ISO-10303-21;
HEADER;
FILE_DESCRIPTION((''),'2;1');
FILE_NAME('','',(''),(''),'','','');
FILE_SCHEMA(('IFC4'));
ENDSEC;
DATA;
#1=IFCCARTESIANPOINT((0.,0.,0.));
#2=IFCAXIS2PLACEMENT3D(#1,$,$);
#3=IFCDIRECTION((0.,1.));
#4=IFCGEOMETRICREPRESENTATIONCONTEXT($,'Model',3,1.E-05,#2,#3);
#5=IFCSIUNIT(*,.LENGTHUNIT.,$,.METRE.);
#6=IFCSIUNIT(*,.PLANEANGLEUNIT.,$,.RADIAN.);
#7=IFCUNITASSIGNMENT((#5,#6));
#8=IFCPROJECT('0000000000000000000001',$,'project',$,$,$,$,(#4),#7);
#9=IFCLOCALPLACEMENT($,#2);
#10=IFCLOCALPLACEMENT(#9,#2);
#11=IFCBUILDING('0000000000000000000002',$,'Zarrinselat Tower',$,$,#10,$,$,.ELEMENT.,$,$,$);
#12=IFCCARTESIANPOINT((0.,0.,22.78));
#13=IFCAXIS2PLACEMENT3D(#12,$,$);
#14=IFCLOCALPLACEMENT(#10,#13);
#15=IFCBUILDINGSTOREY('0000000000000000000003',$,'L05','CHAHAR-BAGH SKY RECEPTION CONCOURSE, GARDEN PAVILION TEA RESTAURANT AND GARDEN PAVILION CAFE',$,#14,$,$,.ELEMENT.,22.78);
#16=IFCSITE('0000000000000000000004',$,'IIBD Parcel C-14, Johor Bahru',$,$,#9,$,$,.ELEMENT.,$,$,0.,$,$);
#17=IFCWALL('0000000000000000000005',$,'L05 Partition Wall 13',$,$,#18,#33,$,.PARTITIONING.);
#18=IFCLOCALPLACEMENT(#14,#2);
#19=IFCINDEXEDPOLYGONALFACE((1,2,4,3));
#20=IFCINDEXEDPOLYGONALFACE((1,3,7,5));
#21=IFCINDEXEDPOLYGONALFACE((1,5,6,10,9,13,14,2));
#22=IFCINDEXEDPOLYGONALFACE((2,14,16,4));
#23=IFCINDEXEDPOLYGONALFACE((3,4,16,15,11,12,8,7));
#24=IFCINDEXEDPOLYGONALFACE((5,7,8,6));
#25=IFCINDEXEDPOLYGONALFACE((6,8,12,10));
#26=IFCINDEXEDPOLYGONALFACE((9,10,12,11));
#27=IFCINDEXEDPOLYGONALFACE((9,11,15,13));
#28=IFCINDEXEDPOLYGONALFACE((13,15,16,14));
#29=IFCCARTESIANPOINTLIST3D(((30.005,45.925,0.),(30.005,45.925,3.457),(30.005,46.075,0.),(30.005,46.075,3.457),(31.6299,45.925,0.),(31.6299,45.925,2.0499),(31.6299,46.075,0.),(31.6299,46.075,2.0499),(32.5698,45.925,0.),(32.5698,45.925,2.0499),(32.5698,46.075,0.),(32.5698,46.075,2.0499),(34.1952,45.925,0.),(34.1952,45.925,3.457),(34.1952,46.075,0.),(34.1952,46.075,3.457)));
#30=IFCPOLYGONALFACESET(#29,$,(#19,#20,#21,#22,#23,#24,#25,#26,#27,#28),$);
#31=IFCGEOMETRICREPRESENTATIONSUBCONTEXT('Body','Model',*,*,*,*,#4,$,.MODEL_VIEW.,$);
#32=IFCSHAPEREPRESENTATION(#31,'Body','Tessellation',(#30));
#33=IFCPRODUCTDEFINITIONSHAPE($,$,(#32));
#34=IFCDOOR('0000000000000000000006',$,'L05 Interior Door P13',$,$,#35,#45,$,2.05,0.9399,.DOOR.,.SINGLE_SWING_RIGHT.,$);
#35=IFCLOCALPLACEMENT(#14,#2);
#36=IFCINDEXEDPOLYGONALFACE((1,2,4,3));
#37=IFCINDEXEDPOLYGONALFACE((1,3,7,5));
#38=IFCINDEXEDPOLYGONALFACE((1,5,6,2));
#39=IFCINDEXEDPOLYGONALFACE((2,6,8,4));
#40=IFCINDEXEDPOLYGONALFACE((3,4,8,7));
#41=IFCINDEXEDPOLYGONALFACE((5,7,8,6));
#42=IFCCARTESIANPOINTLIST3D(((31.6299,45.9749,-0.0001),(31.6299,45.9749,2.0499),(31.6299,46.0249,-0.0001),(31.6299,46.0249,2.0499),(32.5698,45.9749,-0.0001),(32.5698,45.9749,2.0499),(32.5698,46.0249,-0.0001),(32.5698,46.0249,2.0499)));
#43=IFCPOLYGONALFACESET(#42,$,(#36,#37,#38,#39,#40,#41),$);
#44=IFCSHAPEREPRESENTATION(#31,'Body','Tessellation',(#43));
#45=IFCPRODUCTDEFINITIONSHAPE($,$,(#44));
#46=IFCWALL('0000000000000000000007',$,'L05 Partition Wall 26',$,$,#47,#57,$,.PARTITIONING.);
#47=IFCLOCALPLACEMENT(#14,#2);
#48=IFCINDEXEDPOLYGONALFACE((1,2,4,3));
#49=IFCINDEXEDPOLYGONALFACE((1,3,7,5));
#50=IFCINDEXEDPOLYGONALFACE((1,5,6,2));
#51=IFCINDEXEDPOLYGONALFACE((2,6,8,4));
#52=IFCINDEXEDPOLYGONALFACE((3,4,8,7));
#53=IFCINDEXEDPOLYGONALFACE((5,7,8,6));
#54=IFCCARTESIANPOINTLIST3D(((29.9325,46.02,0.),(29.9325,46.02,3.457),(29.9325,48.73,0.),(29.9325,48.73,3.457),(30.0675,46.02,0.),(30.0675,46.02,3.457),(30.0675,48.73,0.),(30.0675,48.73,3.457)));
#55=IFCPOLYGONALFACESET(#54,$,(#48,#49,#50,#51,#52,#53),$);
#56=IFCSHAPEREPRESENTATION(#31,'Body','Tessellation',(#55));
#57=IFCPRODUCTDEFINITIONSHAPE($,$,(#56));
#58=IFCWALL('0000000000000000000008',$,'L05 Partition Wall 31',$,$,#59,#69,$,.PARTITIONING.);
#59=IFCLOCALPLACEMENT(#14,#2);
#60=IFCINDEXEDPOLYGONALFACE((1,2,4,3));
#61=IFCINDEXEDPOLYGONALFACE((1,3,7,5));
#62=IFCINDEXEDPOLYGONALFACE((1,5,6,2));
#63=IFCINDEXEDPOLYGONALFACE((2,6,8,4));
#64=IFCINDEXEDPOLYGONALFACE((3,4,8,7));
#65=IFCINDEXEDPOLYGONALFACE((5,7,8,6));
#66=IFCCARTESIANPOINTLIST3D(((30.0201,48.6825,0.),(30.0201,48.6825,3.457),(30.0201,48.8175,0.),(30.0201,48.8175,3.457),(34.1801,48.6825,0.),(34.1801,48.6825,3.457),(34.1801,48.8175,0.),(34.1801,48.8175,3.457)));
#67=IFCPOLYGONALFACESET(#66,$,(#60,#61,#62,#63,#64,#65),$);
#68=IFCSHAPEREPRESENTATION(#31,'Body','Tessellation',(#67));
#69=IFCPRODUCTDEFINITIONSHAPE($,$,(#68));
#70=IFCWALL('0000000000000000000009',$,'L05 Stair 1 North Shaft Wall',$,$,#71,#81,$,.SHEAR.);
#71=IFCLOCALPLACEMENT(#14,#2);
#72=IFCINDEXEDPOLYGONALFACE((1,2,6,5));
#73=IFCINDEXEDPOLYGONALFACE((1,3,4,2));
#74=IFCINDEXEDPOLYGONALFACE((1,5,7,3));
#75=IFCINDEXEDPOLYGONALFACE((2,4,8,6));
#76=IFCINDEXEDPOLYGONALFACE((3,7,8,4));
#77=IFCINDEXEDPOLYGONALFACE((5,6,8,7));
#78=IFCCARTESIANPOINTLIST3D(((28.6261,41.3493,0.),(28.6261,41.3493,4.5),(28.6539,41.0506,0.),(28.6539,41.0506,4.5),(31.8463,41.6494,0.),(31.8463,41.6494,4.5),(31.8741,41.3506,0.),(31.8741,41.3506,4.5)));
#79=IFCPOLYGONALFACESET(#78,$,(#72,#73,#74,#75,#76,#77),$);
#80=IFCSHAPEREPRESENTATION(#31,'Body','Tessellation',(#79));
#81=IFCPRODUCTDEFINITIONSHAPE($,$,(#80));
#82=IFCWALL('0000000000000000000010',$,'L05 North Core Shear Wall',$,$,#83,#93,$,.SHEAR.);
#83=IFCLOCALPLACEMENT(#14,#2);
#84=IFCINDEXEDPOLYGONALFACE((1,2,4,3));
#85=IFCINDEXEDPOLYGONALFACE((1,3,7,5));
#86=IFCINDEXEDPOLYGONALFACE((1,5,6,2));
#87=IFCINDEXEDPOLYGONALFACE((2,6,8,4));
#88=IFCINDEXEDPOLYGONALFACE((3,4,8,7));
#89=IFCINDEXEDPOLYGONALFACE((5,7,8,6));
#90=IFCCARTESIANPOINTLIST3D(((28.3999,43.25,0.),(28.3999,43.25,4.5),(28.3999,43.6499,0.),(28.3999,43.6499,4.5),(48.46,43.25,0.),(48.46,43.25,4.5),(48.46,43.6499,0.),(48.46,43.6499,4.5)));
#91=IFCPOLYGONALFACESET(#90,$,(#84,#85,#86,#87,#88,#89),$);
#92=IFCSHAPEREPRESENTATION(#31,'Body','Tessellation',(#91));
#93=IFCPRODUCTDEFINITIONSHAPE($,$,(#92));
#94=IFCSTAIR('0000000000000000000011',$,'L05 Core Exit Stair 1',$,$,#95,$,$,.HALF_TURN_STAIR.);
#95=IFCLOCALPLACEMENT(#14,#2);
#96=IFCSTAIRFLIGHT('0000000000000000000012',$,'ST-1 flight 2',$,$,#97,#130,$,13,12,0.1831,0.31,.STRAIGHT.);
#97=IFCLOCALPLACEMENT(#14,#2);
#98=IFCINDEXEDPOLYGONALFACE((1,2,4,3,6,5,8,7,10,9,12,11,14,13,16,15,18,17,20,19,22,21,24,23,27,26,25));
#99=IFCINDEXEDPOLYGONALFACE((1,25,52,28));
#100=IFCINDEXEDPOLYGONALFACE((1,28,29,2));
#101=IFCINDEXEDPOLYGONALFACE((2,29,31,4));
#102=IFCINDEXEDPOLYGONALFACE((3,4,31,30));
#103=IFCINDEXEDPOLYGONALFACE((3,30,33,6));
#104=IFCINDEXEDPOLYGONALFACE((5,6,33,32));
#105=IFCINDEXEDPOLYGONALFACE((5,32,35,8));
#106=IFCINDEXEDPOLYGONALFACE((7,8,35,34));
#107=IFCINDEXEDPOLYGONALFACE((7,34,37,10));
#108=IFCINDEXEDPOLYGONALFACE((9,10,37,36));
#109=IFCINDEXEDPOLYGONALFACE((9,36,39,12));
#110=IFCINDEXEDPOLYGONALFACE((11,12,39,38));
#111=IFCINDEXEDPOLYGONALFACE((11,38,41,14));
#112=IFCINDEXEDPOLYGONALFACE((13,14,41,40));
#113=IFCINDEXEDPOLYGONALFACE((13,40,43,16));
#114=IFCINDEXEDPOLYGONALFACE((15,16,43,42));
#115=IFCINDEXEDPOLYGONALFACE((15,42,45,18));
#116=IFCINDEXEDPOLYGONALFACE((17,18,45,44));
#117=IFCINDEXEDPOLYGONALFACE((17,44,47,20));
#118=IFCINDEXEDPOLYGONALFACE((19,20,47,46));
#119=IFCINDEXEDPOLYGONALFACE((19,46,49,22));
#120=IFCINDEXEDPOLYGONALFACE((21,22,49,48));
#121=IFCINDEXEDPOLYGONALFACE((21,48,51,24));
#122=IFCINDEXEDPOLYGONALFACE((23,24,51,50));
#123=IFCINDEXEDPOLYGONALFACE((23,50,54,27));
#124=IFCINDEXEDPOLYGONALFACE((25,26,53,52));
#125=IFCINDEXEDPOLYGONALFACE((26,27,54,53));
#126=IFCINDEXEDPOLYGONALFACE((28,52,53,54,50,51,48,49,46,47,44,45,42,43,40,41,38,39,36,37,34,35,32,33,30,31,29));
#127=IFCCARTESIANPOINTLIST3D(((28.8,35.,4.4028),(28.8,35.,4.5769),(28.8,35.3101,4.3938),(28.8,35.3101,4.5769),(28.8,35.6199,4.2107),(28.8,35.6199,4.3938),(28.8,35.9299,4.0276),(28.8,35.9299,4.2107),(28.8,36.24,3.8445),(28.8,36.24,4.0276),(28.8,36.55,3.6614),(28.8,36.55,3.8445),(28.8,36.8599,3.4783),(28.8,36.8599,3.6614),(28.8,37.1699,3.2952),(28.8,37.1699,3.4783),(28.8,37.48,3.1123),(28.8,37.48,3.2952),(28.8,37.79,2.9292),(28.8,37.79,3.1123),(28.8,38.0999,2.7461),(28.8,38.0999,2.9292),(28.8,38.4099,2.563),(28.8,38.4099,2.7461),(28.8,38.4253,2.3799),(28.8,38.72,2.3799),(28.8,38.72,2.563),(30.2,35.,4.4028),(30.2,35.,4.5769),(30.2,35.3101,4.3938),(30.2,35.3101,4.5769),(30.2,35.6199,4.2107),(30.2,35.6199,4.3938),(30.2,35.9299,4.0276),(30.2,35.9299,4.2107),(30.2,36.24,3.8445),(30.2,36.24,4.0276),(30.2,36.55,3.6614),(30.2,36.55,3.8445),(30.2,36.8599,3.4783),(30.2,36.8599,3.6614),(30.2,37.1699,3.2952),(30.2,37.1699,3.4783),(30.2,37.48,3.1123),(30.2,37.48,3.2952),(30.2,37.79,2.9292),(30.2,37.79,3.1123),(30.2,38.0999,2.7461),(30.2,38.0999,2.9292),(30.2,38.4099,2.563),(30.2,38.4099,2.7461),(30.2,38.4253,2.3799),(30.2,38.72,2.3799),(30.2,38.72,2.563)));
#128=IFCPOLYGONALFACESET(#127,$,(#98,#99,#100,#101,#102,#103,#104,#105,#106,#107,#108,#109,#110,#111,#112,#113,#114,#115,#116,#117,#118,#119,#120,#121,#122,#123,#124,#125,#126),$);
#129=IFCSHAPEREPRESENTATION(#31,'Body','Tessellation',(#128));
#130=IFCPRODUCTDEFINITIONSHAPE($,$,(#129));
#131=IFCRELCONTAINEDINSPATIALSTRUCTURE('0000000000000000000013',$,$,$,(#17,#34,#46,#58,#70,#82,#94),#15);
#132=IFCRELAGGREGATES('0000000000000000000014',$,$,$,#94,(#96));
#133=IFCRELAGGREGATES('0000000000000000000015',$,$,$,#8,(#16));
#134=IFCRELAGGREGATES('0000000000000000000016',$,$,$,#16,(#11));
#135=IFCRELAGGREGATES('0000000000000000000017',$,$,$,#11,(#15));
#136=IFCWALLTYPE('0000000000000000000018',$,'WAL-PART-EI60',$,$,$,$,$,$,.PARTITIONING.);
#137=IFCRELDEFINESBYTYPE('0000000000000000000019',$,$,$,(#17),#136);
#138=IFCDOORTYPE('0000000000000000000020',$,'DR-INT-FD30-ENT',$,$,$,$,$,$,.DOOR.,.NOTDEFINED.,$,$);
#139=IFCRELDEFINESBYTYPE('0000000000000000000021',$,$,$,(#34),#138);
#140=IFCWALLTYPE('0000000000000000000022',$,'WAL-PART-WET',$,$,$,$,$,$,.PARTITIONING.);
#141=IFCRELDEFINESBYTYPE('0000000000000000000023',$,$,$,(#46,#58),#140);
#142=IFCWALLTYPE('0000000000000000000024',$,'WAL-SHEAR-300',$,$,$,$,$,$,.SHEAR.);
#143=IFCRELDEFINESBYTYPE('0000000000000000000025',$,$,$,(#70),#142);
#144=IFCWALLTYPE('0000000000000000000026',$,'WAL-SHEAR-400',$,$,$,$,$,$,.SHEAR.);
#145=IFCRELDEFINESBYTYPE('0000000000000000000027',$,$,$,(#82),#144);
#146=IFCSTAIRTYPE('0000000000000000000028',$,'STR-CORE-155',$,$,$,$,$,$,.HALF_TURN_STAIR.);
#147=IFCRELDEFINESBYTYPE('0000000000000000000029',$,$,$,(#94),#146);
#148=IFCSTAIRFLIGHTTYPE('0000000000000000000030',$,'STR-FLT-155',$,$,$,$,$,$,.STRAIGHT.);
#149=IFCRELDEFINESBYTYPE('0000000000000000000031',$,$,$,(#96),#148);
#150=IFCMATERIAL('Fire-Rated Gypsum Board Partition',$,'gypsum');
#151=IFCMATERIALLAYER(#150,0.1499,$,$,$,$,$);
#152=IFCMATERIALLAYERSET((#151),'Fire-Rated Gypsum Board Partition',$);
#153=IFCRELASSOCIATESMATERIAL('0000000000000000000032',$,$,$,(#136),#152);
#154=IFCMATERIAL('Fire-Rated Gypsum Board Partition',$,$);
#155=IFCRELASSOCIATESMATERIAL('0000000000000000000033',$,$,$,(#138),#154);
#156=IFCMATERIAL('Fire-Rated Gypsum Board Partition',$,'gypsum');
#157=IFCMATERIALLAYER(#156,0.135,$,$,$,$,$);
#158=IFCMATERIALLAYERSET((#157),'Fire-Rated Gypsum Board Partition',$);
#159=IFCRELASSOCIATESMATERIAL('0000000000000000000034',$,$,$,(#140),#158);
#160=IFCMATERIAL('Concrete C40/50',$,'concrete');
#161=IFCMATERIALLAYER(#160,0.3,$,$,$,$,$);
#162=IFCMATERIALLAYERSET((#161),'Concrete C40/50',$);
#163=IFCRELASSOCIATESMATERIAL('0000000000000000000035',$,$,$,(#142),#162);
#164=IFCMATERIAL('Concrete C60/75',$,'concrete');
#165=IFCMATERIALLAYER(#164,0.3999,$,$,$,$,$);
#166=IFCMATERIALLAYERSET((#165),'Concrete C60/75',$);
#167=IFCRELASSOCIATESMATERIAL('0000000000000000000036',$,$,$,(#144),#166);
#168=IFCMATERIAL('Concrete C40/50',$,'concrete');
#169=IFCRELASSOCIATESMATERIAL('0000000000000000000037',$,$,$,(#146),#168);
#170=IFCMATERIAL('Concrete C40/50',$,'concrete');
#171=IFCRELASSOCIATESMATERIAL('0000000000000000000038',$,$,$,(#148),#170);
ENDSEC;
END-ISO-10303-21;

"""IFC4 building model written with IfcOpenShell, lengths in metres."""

from ifc_helpers import new_model, si_unit, direction, frame, frame_2d, origin, place, context, subcontext, project, spatial, polyline, rectangle, outline, extrude, material, layer, layer_set, type_object, element, fill, aggregate, save


model = new_model("IFC4")

# Units and contexts
model_context = context("Model", 3, precision=1e-05, world=origin(), true_north=direction((0.0, 1.0)))
body_context = subcontext(model_context, "Body", "Model", "MODEL_VIEW")
ifc_project = project(units=[si_unit("LENGTHUNIT", "METRE"), si_unit("PLANEANGLEUNIT", "RADIAN")], contexts=[model_context])

# Site, building, storey
site_placement = place(None, origin())
site = spatial("IfcSite", under=ifc_project, at=site_placement, Name="IIBD Parcel C-14, Johor Bahru", CompositionType="ELEMENT", RefElevation=0.0)
building_placement = place(site_placement, origin())
building = spatial("IfcBuilding", under=site, at=building_placement, Name="Zarrinselat Tower", CompositionType="ELEMENT")
storey_placement = place(building_placement, frame((0.0, 0.0, 22.78)))
storey = spatial("IfcBuildingStorey", under=building, at=storey_placement, Name="L05", Description="CHAHAR-BAGH SKY RECEPTION CONCOURSE, GARDEN PAVILION TEA RESTAURANT AND GARDEN PAVILION CAFE", CompositionType="ELEMENT", Elevation=22.78)

# Wall, opening, door
ifc_material_1 = material(Name="Fire-Rated Gypsum Board Partition", Category="gypsum")
ifc_layer_1 = layer(ifc_material_1, 0.1499)
ifc_layer_set_1 = layer_set([ifc_layer_1], Name="Fire-Rated Gypsum Board Partition")
wall_type_1 = type_object("IfcWallType", Name="WAL-PART-EI60", PredefinedType="PARTITIONING", material=ifc_layer_set_1)
wall_1_placement = place(storey_placement, frame((30.0049, 46.0, 0.0), z_axis=(0.0, 0.0, 1.0), x_axis=(1.0, 0.0, 0.0)))
wall_1 = element("IfcWall", 1, at=wall_1_placement, inside=storey, type_object=wall_type_1, Name="L05 Partition Wall 13", PredefinedType="PARTITIONING", context=body_context, shape_type="SweptSolid", body=[
    extrude(rectangle(XDim=4.1902, YDim=0.1499, at=frame_2d((2.0952, 0.0))), origin(), (0.0, 0.0, 1.0), 3.457),
])
opening_1_placement = place(wall_1_placement, frame((1.625, 0.0, 0.0)))
opening_1 = element("IfcOpeningElement", 2, at=opening_1_placement, cuts=wall_1, PredefinedType="OPENING", context=body_context, shape_type="SweptSolid", body=[
    extrude(rectangle(XDim=0.9399, YDim=2.05, at=frame_2d((0.47, 1.0249))), frame((0.0, 0.085, 0.0), z_axis=(0.0, -1.0, 0.0), x_axis=(1.0, 0.0, 0.0)), (0.0, 0.0, 1.0), 0.1699),
])
ifc_material_2 = material(Name="Fire-Rated Gypsum Board Partition")
door_type_1 = type_object("IfcDoorType", Name="DR-INT-FD30-ENT", OperationType="NOTDEFINED", PredefinedType="DOOR", material=ifc_material_2)
door_1_placement = place(opening_1_placement, origin())
door_1 = element("IfcDoor", 3, at=door_1_placement, inside=storey, type_object=door_type_1, Name="L05 Interior Door P13", OperationType="SINGLE_SWING_RIGHT", OverallHeight=2.05, OverallWidth=0.9399, PredefinedType="DOOR", context=body_context, shape_type="SweptSolid", body=[
    extrude(rectangle(XDim=0.9399, YDim=2.05, at=frame_2d((0.47, 1.0249))), frame((0.0, 0.0249, 0.0), z_axis=(0.0, -1.0, 0.0), x_axis=(1.0, 0.0, 0.0)), (0.0, 0.0, 1.0), 0.05),
])
fill(opening_1, door_1)

# Walls
ifc_material_3 = material(Name="Fire-Rated Gypsum Board Partition", Category="gypsum")
ifc_layer_2 = layer(ifc_material_3, 0.135)
ifc_layer_set_2 = layer_set([ifc_layer_2], Name="Fire-Rated Gypsum Board Partition")
wall_type_2 = type_object("IfcWallType", Name="WAL-PART-WET", PredefinedType="PARTITIONING", material=ifc_layer_set_2)
wall_2_placement = place(storey_placement, frame((30.0, 46.02, 0.0), z_axis=(0.0, 0.0, 1.0), x_axis=(0.0, 1.0, 0.0)))
element("IfcWall", 4, at=wall_2_placement, inside=storey, type_object=wall_type_2, Name="L05 Partition Wall 26", PredefinedType="PARTITIONING", context=body_context, shape_type="SweptSolid", body=[
    extrude(rectangle(XDim=2.71, YDim=0.135, at=frame_2d((1.355, 0.0))), origin(), (0.0, 0.0, 1.0), 3.457),
])
wall_3_placement = place(storey_placement, frame((30.02, 48.75, 0.0), z_axis=(0.0, 0.0, 1.0), x_axis=(1.0, 0.0, 0.0)))
element("IfcWall", 5, at=wall_3_placement, inside=storey, type_object=wall_type_2, Name="L05 Partition Wall 31", PredefinedType="PARTITIONING", context=body_context, shape_type="SweptSolid", body=[
    extrude(rectangle(XDim=4.1599, YDim=0.135, at=frame_2d((2.0801, 0.0))), origin(), (0.0, 0.0, 1.0), 3.457),
])
ifc_material_4 = material(Name="Concrete C40/50", Category="concrete")
ifc_layer_3 = layer(ifc_material_4, 0.3)
ifc_layer_set_3 = layer_set([ifc_layer_3], Name="Concrete C40/50")
wall_type_3 = type_object("IfcWallType", Name="WAL-SHEAR-300", PredefinedType="SHEAR", material=ifc_layer_set_3)
wall_4_placement = place(storey_placement, frame((28.6399, 41.2, 0.0), z_axis=(0.0, 0.0, 1.0), x_axis=(0.995687, 0.092775, 0.0)))
element("IfcWall", 6, at=wall_4_placement, inside=storey, type_object=wall_type_3, Name="L05 Stair 1 North Shaft Wall", PredefinedType="SHEAR", context=body_context, shape_type="SweptSolid", body=[
    extrude(rectangle(XDim=3.2341, YDim=0.3, at=frame_2d((1.6172, 0.0))), origin(), (0.0, 0.0, 1.0), 4.5),
])
ifc_material_5 = material(Name="Concrete C60/75", Category="concrete")
ifc_layer_4 = layer(ifc_material_5, 0.3999)
ifc_layer_set_4 = layer_set([ifc_layer_4], Name="Concrete C60/75")
wall_type_4 = type_object("IfcWallType", Name="WAL-SHEAR-400", PredefinedType="SHEAR", material=ifc_layer_set_4)
wall_5_placement = place(storey_placement, frame((28.3999, 43.45, 0.0), z_axis=(0.0, 0.0, 1.0), x_axis=(1.0, 0.0, 0.0)))
element("IfcWall", 7, at=wall_5_placement, inside=storey, type_object=wall_type_4, Name="L05 North Core Shear Wall", PredefinedType="SHEAR", context=body_context, shape_type="SweptSolid", body=[
    extrude(rectangle(XDim=20.0601, YDim=0.3999, at=frame_2d((10.03, 0.0))), origin(), (0.0, 0.0, 1.0), 4.5),
])

# Stair, stair flight
ifc_material_6 = material(Name="Concrete C40/50", Category="concrete")
stair_type = type_object("IfcStairType", Name="STR-CORE-155", PredefinedType="HALF_TURN_STAIR", material=ifc_material_6)
stair_placement = place(storey_placement, origin())
stair = element("IfcStair", 8, at=stair_placement, inside=storey, type_object=stair_type, Name="L05 Core Exit Stair 1", PredefinedType="HALF_TURN_STAIR")
ifc_material_7 = material(Name="Concrete C40/50", Category="concrete")
stair_flight_type = type_object("IfcStairFlightType", Name="STR-FLT-155", PredefinedType="STRAIGHT", material=ifc_material_7)
stair_flight_placement = place(storey_placement, frame((29.5, 38.72, 2.3799), z_axis=(0.0, 0.0, 1.0), x_axis=(0.0, -1.0, 0.0)))
stair_flight = element("IfcStairFlight", 9, at=stair_flight_placement, type_object=stair_flight_type, Name="ST-1 flight 2", NumberOfRisers=13, NumberOfTreads=12, PredefinedType="STRAIGHT", RiserHeight=0.1831, TreadLength=0.31, context=body_context, shape_type="SweptSolid", body=[
    extrude(outline(polyline([(0.0, 0.0), (0.0, 0.1831), (0.3101, 0.1831), (0.3101, 0.3662), (0.6201, 0.3662), (0.6201, 0.5493), (0.9299, 0.5493), (0.9299, 0.7324), (1.24, 0.7324), (1.24, 0.9153), (1.55, 0.9153), (1.55, 1.0984), (1.8601, 1.0984), (1.8601, 1.2815), (2.1699, 1.2815), (2.1699, 1.4646), (2.48, 1.4646), (2.48, 1.6477), (2.79, 1.6477), (2.79, 1.8308), (3.1001, 1.8308), (3.1001, 2.0139), (3.4099, 2.0139), (3.4099, 2.197), (3.72, 2.197), (3.72, 2.3799), (3.72, 2.0229), (0.2947, 0.0), (0.0, 0.0)])), frame((0.0, 0.7, 0.0), z_axis=(0.0, -1.0, 0.0), x_axis=(1.0, 0.0, 0.0)), (0.0, 0.0, 1.0), 1.3999),
])
aggregate(stair, [stair_flight])

save(model, "model.ifc")
